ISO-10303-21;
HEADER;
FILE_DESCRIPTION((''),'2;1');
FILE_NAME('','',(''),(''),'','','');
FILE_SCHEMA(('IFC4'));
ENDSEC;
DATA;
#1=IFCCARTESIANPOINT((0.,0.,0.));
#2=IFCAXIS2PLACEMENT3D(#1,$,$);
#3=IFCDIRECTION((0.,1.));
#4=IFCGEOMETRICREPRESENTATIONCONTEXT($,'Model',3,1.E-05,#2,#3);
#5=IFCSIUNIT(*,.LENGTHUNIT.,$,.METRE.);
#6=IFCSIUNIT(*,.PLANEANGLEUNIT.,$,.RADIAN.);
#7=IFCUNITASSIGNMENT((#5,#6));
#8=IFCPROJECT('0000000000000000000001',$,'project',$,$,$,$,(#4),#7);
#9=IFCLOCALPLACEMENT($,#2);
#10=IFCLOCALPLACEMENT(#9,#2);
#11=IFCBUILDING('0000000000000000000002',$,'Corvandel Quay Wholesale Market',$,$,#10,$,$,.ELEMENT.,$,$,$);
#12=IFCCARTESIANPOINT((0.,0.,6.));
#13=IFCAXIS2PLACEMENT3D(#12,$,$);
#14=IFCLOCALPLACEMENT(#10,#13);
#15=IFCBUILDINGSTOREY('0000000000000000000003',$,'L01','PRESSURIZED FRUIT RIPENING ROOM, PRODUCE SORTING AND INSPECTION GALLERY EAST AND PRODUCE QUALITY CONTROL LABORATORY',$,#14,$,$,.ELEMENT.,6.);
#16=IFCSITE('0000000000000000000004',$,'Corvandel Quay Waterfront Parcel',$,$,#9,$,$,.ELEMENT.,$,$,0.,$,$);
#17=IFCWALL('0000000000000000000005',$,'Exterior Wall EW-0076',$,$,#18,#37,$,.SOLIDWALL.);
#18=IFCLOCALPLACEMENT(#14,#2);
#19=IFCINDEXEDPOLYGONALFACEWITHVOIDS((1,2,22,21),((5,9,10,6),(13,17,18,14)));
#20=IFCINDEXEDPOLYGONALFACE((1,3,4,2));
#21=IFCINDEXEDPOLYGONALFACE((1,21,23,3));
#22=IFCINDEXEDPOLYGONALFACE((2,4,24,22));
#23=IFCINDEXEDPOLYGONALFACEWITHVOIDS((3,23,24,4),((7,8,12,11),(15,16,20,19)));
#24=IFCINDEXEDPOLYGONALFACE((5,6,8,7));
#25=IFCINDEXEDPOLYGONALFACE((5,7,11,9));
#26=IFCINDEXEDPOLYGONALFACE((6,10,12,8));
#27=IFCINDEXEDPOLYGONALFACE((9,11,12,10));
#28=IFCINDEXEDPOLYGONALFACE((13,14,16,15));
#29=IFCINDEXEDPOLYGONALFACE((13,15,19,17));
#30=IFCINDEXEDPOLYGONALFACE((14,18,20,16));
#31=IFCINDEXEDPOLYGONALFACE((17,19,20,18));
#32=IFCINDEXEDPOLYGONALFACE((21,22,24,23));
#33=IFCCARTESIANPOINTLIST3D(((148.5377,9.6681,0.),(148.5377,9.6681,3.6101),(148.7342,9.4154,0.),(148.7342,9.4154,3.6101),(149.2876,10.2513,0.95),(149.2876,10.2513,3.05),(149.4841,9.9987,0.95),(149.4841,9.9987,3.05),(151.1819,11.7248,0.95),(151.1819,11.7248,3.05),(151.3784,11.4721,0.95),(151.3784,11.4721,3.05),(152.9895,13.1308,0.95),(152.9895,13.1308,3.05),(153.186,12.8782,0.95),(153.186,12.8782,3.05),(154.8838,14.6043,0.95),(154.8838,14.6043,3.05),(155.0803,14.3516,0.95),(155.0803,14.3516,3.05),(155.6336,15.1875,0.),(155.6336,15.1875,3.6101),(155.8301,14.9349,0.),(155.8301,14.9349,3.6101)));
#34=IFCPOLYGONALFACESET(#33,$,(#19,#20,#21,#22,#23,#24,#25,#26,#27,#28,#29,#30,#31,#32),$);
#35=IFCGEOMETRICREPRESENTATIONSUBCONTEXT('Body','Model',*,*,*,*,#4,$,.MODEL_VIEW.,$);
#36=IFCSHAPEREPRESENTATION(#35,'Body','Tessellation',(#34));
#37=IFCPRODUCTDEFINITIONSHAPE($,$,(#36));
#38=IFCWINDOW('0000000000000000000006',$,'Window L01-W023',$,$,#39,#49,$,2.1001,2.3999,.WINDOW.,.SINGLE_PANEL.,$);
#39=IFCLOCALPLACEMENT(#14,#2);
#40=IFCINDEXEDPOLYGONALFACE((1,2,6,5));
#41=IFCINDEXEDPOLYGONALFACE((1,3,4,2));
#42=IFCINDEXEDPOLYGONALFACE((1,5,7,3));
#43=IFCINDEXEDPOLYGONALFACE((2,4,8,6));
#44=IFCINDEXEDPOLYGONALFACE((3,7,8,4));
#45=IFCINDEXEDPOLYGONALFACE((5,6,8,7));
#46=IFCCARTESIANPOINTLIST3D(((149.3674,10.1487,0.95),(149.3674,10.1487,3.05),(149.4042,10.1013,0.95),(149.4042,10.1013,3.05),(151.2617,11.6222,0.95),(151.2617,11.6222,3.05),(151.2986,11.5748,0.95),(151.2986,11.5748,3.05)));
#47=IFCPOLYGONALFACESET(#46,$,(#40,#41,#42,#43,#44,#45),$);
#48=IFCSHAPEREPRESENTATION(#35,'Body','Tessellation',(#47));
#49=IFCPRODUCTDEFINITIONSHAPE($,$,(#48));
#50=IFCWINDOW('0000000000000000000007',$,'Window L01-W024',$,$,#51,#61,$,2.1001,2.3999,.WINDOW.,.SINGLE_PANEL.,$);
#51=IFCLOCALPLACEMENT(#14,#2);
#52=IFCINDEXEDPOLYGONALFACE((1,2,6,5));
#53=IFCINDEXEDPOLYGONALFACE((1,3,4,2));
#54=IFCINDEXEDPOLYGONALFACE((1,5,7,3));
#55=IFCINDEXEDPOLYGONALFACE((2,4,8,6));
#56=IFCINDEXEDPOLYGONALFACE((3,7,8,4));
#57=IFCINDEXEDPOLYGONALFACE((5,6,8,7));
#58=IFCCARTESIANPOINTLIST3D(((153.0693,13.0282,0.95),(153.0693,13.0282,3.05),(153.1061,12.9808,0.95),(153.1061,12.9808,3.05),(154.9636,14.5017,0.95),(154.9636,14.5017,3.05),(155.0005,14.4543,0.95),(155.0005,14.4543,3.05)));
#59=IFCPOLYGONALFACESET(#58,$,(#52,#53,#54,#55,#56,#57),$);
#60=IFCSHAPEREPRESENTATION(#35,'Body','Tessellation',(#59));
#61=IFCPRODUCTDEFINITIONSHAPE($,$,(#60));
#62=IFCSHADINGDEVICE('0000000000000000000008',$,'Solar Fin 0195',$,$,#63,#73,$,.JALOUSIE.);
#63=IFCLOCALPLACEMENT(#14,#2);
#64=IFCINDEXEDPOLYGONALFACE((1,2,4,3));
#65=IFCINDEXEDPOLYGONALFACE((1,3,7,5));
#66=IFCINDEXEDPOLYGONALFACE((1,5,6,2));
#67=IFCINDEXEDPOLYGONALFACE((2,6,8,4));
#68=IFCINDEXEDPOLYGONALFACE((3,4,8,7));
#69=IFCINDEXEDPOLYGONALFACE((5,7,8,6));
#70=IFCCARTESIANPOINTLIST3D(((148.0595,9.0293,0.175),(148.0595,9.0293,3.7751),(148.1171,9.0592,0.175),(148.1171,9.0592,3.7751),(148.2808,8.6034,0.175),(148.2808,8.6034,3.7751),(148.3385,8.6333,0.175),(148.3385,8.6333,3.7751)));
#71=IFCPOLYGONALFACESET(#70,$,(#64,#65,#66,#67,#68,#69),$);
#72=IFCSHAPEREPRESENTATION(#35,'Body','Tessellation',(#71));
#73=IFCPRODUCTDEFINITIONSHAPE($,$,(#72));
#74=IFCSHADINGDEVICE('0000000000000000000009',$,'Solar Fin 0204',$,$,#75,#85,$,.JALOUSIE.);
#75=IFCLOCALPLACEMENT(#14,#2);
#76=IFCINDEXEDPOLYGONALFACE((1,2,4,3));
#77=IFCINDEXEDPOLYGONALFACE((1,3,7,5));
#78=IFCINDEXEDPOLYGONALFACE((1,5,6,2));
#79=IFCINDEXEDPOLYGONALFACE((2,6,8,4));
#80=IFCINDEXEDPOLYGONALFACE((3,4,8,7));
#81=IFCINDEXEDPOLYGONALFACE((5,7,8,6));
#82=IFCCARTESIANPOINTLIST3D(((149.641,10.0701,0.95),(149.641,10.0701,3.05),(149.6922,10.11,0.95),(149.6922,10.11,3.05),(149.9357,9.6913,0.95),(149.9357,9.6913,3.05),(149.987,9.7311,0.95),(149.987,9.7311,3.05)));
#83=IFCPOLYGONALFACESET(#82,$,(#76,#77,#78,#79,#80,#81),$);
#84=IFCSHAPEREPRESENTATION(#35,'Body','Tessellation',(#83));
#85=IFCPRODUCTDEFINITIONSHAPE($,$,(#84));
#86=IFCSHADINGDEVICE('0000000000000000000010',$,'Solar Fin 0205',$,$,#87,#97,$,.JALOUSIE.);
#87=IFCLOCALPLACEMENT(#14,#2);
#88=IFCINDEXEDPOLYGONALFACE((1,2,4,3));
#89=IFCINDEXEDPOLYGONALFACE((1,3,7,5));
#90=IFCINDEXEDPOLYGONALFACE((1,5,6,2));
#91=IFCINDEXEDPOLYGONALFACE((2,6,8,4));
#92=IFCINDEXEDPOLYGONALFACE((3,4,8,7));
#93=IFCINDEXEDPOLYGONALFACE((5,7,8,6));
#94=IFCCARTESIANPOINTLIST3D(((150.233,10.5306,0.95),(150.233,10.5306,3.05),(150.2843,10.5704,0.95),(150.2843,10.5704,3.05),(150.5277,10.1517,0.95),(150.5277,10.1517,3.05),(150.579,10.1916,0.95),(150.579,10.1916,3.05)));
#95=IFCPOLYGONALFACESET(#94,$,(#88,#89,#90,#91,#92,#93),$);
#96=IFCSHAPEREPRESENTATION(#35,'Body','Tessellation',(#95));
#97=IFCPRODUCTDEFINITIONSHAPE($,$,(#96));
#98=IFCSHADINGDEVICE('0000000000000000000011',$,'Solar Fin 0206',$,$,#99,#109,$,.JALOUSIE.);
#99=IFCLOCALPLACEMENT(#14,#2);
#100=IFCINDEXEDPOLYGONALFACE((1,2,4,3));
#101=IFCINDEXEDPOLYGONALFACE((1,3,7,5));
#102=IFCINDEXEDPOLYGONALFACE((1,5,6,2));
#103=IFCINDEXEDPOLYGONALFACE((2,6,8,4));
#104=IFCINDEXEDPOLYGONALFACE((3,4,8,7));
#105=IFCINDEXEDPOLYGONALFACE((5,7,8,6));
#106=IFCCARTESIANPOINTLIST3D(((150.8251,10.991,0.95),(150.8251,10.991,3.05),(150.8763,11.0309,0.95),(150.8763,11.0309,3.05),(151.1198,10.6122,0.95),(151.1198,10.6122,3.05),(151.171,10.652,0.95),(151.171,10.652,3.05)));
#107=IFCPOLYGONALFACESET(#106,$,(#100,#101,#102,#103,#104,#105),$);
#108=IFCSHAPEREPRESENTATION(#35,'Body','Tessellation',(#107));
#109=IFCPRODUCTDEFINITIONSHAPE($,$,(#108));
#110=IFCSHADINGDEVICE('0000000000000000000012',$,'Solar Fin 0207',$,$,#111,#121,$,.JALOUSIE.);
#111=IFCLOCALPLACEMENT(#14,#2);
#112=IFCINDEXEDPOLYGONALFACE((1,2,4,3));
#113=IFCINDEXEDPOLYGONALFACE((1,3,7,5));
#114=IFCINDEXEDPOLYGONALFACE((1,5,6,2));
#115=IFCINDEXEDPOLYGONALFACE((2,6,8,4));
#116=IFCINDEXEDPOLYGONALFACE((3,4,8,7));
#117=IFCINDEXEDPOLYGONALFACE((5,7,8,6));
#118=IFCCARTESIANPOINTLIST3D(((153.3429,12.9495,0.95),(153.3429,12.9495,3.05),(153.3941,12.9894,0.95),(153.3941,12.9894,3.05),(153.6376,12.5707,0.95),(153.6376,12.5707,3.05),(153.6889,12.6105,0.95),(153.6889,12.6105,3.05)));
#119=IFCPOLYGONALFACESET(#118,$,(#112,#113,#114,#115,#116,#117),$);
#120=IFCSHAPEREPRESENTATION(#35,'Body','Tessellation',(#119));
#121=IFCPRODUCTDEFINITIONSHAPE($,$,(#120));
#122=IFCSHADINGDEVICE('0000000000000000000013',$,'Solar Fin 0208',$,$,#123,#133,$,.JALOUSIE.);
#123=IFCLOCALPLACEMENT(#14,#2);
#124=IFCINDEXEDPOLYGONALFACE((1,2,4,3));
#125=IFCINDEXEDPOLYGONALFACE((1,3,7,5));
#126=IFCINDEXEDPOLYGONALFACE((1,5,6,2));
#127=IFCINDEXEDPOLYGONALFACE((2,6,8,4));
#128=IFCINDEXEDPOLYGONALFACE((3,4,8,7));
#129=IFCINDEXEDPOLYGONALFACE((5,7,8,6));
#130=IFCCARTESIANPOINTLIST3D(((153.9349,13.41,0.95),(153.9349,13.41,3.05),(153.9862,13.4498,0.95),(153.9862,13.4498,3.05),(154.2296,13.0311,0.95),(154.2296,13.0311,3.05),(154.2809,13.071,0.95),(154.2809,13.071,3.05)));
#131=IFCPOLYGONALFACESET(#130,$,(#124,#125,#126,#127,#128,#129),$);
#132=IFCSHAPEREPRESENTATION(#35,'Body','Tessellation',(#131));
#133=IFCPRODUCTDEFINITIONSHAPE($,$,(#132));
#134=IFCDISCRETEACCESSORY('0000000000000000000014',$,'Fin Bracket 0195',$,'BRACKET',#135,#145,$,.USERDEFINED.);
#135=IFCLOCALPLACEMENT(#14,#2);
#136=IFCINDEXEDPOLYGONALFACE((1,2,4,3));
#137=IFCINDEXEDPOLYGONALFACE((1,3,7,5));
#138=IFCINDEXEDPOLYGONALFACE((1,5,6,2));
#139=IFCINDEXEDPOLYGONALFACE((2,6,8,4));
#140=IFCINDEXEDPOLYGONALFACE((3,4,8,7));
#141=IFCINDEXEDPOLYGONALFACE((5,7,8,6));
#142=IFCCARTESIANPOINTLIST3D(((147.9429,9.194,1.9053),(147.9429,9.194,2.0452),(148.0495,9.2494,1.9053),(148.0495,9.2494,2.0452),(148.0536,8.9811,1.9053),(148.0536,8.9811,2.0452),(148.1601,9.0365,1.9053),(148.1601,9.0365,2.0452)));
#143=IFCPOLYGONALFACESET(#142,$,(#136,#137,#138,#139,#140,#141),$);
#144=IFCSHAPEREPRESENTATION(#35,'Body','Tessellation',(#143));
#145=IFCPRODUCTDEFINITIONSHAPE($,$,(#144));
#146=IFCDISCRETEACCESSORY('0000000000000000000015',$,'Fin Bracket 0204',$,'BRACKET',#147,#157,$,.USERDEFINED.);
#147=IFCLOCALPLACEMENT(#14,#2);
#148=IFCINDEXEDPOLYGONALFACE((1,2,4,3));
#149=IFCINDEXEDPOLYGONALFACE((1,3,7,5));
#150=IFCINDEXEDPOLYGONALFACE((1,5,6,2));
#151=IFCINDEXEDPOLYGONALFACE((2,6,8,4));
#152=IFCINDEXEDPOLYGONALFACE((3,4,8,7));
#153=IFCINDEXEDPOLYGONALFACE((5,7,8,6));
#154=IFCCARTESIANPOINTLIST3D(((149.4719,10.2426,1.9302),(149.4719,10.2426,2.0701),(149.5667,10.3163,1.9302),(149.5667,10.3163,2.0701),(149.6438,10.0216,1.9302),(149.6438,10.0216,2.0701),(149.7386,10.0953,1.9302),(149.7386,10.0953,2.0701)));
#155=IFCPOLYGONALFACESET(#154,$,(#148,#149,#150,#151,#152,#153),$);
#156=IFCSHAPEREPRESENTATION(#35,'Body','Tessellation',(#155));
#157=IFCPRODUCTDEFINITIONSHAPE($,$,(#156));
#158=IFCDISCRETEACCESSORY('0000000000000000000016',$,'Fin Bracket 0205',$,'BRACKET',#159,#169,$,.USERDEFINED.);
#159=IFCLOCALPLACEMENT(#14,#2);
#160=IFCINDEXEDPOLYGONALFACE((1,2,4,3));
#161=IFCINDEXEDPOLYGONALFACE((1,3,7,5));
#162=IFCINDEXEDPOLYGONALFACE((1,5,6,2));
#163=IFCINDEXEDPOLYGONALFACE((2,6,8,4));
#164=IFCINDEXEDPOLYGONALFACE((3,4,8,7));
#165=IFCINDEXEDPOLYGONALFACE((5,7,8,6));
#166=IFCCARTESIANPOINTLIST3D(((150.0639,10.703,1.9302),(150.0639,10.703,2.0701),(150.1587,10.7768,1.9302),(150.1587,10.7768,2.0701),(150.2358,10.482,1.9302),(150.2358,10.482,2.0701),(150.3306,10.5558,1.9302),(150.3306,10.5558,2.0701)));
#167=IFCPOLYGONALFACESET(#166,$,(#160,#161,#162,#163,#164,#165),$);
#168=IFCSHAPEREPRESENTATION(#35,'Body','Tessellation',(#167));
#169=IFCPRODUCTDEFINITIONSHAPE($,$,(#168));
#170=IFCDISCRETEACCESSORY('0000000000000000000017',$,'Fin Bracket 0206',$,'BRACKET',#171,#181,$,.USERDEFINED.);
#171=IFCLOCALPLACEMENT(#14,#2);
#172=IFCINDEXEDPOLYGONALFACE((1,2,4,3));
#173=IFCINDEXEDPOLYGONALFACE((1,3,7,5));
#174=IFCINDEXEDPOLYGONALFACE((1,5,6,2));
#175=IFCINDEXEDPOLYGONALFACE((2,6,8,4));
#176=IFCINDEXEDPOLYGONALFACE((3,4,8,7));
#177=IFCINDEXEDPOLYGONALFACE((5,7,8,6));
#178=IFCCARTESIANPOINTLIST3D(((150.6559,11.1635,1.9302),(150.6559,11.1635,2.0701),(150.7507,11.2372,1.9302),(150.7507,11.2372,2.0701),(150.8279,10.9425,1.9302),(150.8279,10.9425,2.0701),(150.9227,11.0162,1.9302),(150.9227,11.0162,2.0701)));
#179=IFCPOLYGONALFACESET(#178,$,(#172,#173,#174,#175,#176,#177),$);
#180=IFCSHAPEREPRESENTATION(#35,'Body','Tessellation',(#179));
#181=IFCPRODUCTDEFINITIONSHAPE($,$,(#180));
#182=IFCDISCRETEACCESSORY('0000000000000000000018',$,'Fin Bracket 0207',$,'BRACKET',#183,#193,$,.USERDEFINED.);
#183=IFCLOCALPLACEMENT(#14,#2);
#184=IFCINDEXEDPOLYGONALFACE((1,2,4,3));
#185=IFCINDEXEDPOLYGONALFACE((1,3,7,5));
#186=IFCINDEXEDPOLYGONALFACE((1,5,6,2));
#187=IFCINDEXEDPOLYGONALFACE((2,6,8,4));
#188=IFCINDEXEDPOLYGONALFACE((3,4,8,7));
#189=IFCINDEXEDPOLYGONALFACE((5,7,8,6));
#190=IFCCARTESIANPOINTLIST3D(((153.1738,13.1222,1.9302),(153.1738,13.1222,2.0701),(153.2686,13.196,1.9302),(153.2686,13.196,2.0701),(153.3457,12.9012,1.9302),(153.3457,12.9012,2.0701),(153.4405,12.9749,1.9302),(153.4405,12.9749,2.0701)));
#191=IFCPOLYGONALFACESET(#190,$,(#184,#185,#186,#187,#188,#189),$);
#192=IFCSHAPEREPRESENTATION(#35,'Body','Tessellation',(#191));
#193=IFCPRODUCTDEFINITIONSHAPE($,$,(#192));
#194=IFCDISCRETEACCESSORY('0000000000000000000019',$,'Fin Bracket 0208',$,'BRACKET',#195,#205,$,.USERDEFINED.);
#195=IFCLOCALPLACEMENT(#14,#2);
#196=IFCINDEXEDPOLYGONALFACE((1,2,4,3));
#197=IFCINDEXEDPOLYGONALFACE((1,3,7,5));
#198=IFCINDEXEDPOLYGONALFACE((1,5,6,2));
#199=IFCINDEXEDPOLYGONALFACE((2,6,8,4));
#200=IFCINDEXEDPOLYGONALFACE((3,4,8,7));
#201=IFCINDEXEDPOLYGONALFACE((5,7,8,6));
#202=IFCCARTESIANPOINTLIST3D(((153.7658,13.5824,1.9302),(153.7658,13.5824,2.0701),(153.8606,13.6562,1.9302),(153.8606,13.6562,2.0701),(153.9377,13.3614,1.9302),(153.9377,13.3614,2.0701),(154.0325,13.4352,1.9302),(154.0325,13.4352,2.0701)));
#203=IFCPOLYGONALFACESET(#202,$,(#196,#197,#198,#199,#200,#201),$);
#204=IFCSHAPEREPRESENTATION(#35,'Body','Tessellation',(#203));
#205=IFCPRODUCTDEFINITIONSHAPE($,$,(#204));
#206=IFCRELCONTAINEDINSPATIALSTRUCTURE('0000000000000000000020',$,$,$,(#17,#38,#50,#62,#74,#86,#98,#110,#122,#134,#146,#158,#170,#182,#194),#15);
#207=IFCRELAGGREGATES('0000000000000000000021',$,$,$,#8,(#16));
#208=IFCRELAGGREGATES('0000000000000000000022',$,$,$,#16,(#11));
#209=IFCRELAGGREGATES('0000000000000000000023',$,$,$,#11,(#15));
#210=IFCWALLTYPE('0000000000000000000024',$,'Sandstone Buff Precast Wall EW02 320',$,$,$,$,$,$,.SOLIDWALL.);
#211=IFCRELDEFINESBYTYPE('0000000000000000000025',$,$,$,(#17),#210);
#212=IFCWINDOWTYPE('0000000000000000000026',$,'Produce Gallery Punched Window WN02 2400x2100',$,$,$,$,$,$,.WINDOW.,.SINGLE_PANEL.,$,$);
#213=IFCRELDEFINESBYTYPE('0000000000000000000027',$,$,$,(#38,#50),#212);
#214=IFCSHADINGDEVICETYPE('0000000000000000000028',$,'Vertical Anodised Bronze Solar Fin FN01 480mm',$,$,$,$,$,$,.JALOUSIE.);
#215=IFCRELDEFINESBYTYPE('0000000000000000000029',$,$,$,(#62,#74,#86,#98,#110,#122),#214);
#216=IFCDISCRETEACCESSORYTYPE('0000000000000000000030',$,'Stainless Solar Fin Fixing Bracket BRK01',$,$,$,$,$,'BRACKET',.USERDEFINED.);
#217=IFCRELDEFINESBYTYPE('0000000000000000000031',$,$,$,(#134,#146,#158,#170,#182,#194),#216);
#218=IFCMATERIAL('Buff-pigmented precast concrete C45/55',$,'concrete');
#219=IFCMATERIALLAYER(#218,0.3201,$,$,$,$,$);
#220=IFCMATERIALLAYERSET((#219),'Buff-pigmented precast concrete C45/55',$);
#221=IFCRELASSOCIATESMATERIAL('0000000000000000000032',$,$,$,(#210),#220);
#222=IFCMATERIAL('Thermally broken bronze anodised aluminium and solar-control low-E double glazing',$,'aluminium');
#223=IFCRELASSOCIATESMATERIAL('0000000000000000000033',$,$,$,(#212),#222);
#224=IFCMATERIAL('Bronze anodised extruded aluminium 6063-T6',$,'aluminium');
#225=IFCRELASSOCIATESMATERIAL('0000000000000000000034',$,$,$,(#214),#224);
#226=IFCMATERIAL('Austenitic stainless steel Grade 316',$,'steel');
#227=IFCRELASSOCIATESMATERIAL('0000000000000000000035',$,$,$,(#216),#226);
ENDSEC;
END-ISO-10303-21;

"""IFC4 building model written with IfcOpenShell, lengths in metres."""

from ifc_helpers import new_model, si_unit, direction, frame, frame_2d, origin, origin_2d, place, context, subcontext, project, spatial, rectangle, extrude, material, layer, layer_set, type_object, element, fill, save


model = new_model("IFC4")

# Units and contexts
model_context = context("Model", 3, precision=1e-05, world=origin(), true_north=direction((0.0, 1.0)))
body_context = subcontext(model_context, "Body", "Model", "MODEL_VIEW")
ifc_project = project(units=[si_unit("LENGTHUNIT", "METRE"), si_unit("PLANEANGLEUNIT", "RADIAN")], contexts=[model_context])

# Site, building, storey
site_placement = place(None, origin())
site = spatial("IfcSite", under=ifc_project, at=site_placement, Name="Corvandel Quay Waterfront Parcel", CompositionType="ELEMENT", RefElevation=0.0)
building_placement = place(site_placement, origin())
building = spatial("IfcBuilding", under=site, at=building_placement, Name="Corvandel Quay Wholesale Market", CompositionType="ELEMENT")
storey_placement = place(building_placement, frame((0.0, 0.0, 6.0)))
storey = spatial("IfcBuildingStorey", under=building, at=storey_placement, Name="L01", Description="PRESSURIZED FRUIT RIPENING ROOM, PRODUCE SORTING AND INSPECTION GALLERY EAST AND PRODUCE QUALITY CONTROL LABORATORY", CompositionType="ELEMENT", Elevation=6.0)

# Wall, openings, windows
ifc_material_1 = material(Name="Buff-pigmented precast concrete C45/55", Category="concrete")
ifc_layer_1 = layer(ifc_material_1, 0.3201)
ifc_layer_set_1 = layer_set([ifc_layer_1], Name="Buff-pigmented precast concrete C45/55")
wall_type_1 = type_object("IfcWallType", Name="Sandstone Buff Precast Wall EW02 320", PredefinedType="SOLIDWALL", material=ifc_layer_set_1)
wall_1_placement = place(storey_placement, frame((148.636, 9.5417, 0.0), z_axis=(0.0, 0.0, 1.0), x_axis=(0.789327, 0.613973, 0.0)))
wall_1 = element("IfcWall", 1, at=wall_1_placement, inside=storey, type_object=wall_type_1, Name="Exterior Wall EW-0076", PredefinedType="SOLIDWALL", context=body_context, shape_type="SweptSolid", body=[
    extrude(rectangle(XDim=8.9897, YDim=0.3201, at=frame_2d((4.4949, 0.0))), origin(), (0.0, 0.0, 1.0), 3.6101),
])
opening_1_placement = place(wall_1_placement, frame((0.95, 0.0, 0.95)))
opening_1 = element("IfcOpeningElement", 2, at=opening_1_placement, cuts=wall_1, PredefinedType="OPENING", context=body_context, shape_type="SweptSolid", body=[
    extrude(rectangle(XDim=2.3999, YDim=2.1001, at=frame_2d((1.2, 1.05))), frame((0.0, 0.1699, 0.0), z_axis=(0.0, -1.0, 0.0), x_axis=(1.0, 0.0, 0.0)), (0.0, 0.0, 1.0), 0.3401),
])
opening_2_placement = place(wall_1_placement, frame((5.6399, 0.0, 0.95)))
opening_2 = element("IfcOpeningElement", 3, at=opening_2_placement, cuts=wall_1, PredefinedType="OPENING", context=body_context, shape_type="SweptSolid", body=[
    extrude(rectangle(XDim=2.3999, YDim=2.1001, at=frame_2d((1.2, 1.05))), frame((0.0, 0.1699, 0.0), z_axis=(0.0, -1.0, 0.0), x_axis=(1.0, 0.0, 0.0)), (0.0, 0.0, 1.0), 0.3401),
])
ifc_material_2 = material(Name="Thermally broken bronze anodised aluminium and solar-control low-E double glazing", Category="aluminium")
window_type = type_object("IfcWindowType", Name="Produce Gallery Punched Window WN02 2400x2100", PartitioningType="SINGLE_PANEL", PredefinedType="WINDOW", material=ifc_material_2)
window_1_placement = place(opening_1_placement, origin())
window_1 = element("IfcWindow", 4, at=window_1_placement, inside=storey, type_object=window_type, Name="Window L01-W023", OverallHeight=2.1001, OverallWidth=2.3999, PartitioningType="SINGLE_PANEL", PredefinedType="WINDOW", context=body_context, shape_type="SweptSolid", body=[
    extrude(rectangle(XDim=2.3999, YDim=2.1001, at=frame_2d((1.2, 1.05))), frame((0.0, 0.03, 0.0), z_axis=(0.0, -1.0, 0.0), x_axis=(1.0, 0.0, 0.0)), (0.0, 0.0, 1.0), 0.0601),
])
fill(opening_1, window_1)
window_2_placement = place(opening_2_placement, origin())
window_2 = element("IfcWindow", 5, at=window_2_placement, inside=storey, type_object=window_type, Name="Window L01-W024", OverallHeight=2.1001, OverallWidth=2.3999, PartitioningType="SINGLE_PANEL", PredefinedType="WINDOW", context=body_context, shape_type="SweptSolid", body=[
    extrude(rectangle(XDim=2.3999, YDim=2.1001, at=frame_2d((1.2, 1.05))), frame((0.0, 0.03, 0.0), z_axis=(0.0, -1.0, 0.0), x_axis=(1.0, 0.0, 0.0)), (0.0, 0.0, 1.0), 0.0601),
])
fill(opening_2, window_2)

# Shading devices
ifc_material_3 = material(Name="Bronze anodised extruded aluminium 6063-T6", Category="aluminium")
shading_device_type = type_object("IfcShadingDeviceType", Name="Vertical Anodised Bronze Solar Fin FN01 480mm", PredefinedType="JALOUSIE", material=ifc_material_3)
shading_device_placement = place(storey_placement, frame((148.199, 8.8313, 0.175), z_axis=(0.0, 0.0, 1.0), x_axis=(-0.461129, 0.887333, 0.0)))
element("IfcShadingDevice", 6, at=shading_device_placement, inside=storey, type_object=shading_device_type, Name="Solar Fin 0195", PredefinedType="JALOUSIE", context=body_context, shape_type="SweptSolid", body=[
    extrude(rectangle(XDim=0.48, YDim=0.0649, at=origin_2d()), origin(), (0.0, 0.0, 1.0), 3.6001),
])
for number, where, z_axis, x_axis, name in (
    (7, (149.814, 9.9006, 0.95), (0.0, 0.0, 1.0), (-0.61401, 0.789298, 0.0), "Solar Fin 0204"),
    (8, (150.406, 10.3611, 0.95), (0.0, 0.0, 1.0), (-0.61401, 0.789298, 0.0), "Solar Fin 0205"),
    (9, (150.998, 10.8215, 0.95), (0.0, 0.0, 1.0), (-0.61401, 0.789298, 0.0), "Solar Fin 0206"),
    (10, (153.5159, 12.78, 0.95), (0.0, 0.0, 1.0), (-0.61401, 0.789298, 0.0), "Solar Fin 0207"),
    (11, (154.1079, 13.2405, 0.95), (0.0, 0.0, 1.0), (-0.61401, 0.789298, 0.0), "Solar Fin 0208"),
):
    element("IfcShadingDevice", number, at=place(storey_placement, frame(where, z_axis=z_axis, x_axis=x_axis)), inside=storey, type_object=shading_device_type, Name=name, PredefinedType="JALOUSIE", context=body_context, shape_type="SweptSolid", body=[
        extrude(rectangle(XDim=0.48, YDim=0.0649, at=origin_2d()), origin(), (0.0, 0.0, 1.0), 2.1001),
    ])

# Discrete accessories
ifc_material_4 = material(Name="Austenitic stainless steel Grade 316", Category="steel")
discrete_accessory_type = type_object("IfcDiscreteAccessoryType", Name="Stainless Solar Fin Fixing Bracket BRK01", ElementType="BRACKET", PredefinedType="USERDEFINED", material=ifc_material_4)
discrete_accessory_placement = place(storey_placement, frame((148.0515, 9.1152, 1.9053), z_axis=(0.0, 0.0, 1.0), x_axis=(-0.461129, 0.887333, 0.0)))
element("IfcDiscreteAccessory", 12, at=discrete_accessory_placement, inside=storey, type_object=discrete_accessory_type, Name="Fin Bracket 0195", ObjectType="BRACKET", PredefinedType="USERDEFINED", context=body_context, shape_type="SweptSolid", body=[
    extrude(rectangle(XDim=0.24, YDim=0.1201, at=origin_2d()), origin(), (0.0, 0.0, 1.0), 0.1399),
])
for number, where, z_axis, x_axis, name in (
    (13, (149.6052, 10.1689, 1.9302), (0.0, 0.0, 1.0), (-0.61401, 0.789298, 0.0), "Fin Bracket 0204"),
    (14, (150.1973, 10.6294, 1.9302), (0.0, 0.0, 1.0), (-0.61401, 0.789298, 0.0), "Fin Bracket 0205"),
    (15, (150.7893, 11.0898, 1.9302), (0.0, 0.0, 1.0), (-0.61401, 0.789298, 0.0), "Fin Bracket 0206"),
    (16, (153.3071, 13.0486, 1.9302), (0.0, 0.0, 1.0), (-0.61401, 0.789298, 0.0), "Fin Bracket 0207"),
    (17, (153.8992, 13.5088, 1.9302), (0.0, 0.0, 1.0), (-0.61401, 0.789298, 0.0), "Fin Bracket 0208"),
):
    element("IfcDiscreteAccessory", number, at=place(storey_placement, frame(where, z_axis=z_axis, x_axis=x_axis)), inside=storey, type_object=discrete_accessory_type, Name=name, ObjectType="BRACKET", PredefinedType="USERDEFINED", context=body_context, shape_type="SweptSolid", body=[
        extrude(rectangle(XDim=0.28, YDim=0.1201, at=origin_2d()), origin(), (0.0, 0.0, 1.0), 0.1399),
    ])

save(model, "model.ifc")
